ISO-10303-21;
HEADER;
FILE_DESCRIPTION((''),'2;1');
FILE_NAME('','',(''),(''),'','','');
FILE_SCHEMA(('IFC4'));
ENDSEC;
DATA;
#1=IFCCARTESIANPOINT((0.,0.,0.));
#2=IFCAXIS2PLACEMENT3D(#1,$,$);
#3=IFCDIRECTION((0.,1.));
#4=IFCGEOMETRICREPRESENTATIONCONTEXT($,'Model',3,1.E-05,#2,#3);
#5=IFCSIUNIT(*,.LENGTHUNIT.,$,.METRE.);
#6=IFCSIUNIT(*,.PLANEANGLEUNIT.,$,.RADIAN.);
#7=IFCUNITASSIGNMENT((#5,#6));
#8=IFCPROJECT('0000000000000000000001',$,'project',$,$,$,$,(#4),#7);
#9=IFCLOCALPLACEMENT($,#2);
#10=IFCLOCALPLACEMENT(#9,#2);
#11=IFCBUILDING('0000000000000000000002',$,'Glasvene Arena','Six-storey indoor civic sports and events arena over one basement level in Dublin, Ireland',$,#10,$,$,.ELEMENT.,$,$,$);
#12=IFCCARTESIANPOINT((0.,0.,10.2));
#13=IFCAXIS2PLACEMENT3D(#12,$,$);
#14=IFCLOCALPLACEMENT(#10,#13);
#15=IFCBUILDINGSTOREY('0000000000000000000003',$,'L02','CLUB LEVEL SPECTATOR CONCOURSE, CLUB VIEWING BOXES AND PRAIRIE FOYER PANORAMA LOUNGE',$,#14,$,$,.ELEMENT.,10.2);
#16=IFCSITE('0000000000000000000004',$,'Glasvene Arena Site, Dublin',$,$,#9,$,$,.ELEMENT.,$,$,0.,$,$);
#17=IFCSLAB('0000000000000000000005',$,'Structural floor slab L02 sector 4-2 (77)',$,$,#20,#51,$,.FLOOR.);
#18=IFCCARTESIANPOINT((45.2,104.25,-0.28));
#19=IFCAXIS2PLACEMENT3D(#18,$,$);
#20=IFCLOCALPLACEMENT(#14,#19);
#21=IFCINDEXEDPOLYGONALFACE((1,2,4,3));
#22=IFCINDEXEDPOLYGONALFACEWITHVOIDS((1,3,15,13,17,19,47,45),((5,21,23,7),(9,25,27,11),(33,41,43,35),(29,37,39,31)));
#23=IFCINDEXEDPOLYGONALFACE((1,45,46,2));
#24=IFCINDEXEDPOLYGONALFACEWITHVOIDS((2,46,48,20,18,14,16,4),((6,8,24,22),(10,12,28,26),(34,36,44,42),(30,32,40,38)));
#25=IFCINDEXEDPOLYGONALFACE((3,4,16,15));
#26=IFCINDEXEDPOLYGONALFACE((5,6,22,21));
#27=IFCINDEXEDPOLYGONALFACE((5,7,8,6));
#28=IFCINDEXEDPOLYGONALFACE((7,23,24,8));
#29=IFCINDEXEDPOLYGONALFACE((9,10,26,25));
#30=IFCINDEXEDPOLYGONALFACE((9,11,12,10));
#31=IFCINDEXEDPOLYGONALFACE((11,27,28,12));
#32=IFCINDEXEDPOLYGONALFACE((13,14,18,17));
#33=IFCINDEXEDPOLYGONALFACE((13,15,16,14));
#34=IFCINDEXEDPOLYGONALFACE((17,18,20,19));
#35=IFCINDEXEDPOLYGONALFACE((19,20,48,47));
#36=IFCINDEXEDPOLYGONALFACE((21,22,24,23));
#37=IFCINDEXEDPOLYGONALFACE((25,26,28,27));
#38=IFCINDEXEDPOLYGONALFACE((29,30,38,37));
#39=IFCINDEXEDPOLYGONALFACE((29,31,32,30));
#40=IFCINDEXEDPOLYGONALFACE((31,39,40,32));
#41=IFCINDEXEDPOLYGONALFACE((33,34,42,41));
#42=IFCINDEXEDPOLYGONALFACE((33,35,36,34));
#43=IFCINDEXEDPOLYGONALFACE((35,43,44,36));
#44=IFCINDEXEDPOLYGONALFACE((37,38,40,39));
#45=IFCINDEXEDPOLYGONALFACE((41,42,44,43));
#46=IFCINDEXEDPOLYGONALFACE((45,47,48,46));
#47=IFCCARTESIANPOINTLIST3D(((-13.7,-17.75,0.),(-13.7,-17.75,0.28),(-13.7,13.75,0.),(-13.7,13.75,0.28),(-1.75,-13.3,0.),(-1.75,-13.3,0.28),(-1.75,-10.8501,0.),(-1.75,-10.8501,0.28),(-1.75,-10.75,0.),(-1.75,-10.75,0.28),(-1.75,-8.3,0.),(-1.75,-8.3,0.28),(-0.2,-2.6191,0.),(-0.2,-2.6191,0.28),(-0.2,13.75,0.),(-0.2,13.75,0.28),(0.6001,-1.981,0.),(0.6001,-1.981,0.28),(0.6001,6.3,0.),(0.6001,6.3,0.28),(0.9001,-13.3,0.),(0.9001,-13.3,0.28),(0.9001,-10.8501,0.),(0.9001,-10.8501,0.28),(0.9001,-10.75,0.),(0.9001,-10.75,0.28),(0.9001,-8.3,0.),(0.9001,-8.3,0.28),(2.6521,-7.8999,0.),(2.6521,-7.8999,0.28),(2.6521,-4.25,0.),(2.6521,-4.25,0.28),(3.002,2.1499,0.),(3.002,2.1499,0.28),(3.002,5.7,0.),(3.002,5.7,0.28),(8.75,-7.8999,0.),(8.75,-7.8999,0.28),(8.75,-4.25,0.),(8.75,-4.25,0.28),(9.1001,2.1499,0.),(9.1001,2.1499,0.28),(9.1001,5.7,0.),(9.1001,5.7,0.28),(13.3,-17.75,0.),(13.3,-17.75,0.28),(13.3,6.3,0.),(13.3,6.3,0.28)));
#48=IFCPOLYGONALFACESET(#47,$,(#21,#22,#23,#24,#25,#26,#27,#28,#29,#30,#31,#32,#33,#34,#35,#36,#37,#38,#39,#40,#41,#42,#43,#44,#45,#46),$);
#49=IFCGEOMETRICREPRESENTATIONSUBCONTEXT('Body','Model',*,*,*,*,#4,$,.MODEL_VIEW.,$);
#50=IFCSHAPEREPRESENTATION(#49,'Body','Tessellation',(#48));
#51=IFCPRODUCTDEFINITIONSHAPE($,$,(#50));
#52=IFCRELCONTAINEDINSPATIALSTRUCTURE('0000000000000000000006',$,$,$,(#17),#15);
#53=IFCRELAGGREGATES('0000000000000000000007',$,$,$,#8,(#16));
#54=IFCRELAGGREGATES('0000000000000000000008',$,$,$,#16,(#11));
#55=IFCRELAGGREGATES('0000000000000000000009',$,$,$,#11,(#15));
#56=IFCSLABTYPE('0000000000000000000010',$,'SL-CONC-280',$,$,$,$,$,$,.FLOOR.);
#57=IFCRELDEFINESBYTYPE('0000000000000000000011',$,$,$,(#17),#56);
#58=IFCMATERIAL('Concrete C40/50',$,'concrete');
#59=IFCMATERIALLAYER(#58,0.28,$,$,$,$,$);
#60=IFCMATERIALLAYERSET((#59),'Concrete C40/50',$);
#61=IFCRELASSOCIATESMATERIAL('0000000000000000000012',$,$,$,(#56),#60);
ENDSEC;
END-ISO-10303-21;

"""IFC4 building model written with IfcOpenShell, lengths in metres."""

from ifc_helpers import new_model, si_unit, direction, frame, origin, place, context, subcontext, project, spatial, polyline, outline, extrude, material, layer, layer_set, type_object, element, save


model = new_model("IFC4")

# Units and contexts
model_context = context("Model", 3, precision=1e-05, world=origin(), true_north=direction((0.0, 1.0)))
body_context = subcontext(model_context, "Body", "Model", "MODEL_VIEW")
ifc_project = project(units=[si_unit("LENGTHUNIT", "METRE"), si_unit("PLANEANGLEUNIT", "RADIAN")], contexts=[model_context])

# Site, building, storey
site_placement = place(None, origin())
site = spatial("IfcSite", under=ifc_project, at=site_placement, Name="Glasvene Arena Site, Dublin", CompositionType="ELEMENT", RefElevation=0.0)
building_placement = place(site_placement, origin())
building = spatial("IfcBuilding", under=site, at=building_placement, Name="Glasvene Arena", Description="Six-storey indoor civic sports and events arena over one basement level in Dublin, Ireland", CompositionType="ELEMENT")
storey_placement = place(building_placement, frame((0.0, 0.0, 10.2)))
storey = spatial("IfcBuildingStorey", under=building, at=storey_placement, Name="L02", Description="CLUB LEVEL SPECTATOR CONCOURSE, CLUB VIEWING BOXES AND PRAIRIE FOYER PANORAMA LOUNGE", CompositionType="ELEMENT", Elevation=10.2)

# Slab
ifc_material_1 = material(Name="Concrete C40/50", Category="concrete")
ifc_layer_1 = layer(ifc_material_1, 0.28)
ifc_layer_set_1 = layer_set([ifc_layer_1], Name="Concrete C40/50")
slab_type = type_object("IfcSlabType", Name="SL-CONC-280", PredefinedType="FLOOR", material=ifc_layer_set_1)
slab_placement = place(storey_placement, frame((45.2, 104.25, -0.28)))
element("IfcSlab", 1, at=slab_placement, inside=storey, type_object=slab_type, Name="Structural floor slab L02 sector 4-2 (77)", PredefinedType="FLOOR", context=body_context, shape_type="SweptSolid", body=[
    extrude(outline(polyline([(-0.2, -2.6191), (0.6001, -1.981), (0.6001, 6.3), (13.3, 6.3), (13.3, -17.75), (-13.7, -17.75), (-13.7, 13.75), (-0.2, 13.75), (-0.2, -2.6191)]), holes=[polyline([(0.9001, -13.3), (0.9001, -10.8501), (-1.75, -10.8501), (-1.75, -13.3), (0.9001, -13.3)]), polyline([(0.9001, -10.75), (0.9001, -8.3), (-1.75, -8.3), (-1.75, -10.75), (0.9001, -10.75)]), polyline([(8.75, -7.8999), (8.75, -4.25), (2.6521, -4.25), (2.6521, -7.8999), (8.75, -7.8999)]), polyline([(9.1001, 2.1499), (9.1001, 5.7), (3.002, 5.7), (3.002, 2.1499), (9.1001, 2.1499)])]), origin(), (0.0, 0.0, 1.0), 0.28),
])

save(model, "model.ifc")
